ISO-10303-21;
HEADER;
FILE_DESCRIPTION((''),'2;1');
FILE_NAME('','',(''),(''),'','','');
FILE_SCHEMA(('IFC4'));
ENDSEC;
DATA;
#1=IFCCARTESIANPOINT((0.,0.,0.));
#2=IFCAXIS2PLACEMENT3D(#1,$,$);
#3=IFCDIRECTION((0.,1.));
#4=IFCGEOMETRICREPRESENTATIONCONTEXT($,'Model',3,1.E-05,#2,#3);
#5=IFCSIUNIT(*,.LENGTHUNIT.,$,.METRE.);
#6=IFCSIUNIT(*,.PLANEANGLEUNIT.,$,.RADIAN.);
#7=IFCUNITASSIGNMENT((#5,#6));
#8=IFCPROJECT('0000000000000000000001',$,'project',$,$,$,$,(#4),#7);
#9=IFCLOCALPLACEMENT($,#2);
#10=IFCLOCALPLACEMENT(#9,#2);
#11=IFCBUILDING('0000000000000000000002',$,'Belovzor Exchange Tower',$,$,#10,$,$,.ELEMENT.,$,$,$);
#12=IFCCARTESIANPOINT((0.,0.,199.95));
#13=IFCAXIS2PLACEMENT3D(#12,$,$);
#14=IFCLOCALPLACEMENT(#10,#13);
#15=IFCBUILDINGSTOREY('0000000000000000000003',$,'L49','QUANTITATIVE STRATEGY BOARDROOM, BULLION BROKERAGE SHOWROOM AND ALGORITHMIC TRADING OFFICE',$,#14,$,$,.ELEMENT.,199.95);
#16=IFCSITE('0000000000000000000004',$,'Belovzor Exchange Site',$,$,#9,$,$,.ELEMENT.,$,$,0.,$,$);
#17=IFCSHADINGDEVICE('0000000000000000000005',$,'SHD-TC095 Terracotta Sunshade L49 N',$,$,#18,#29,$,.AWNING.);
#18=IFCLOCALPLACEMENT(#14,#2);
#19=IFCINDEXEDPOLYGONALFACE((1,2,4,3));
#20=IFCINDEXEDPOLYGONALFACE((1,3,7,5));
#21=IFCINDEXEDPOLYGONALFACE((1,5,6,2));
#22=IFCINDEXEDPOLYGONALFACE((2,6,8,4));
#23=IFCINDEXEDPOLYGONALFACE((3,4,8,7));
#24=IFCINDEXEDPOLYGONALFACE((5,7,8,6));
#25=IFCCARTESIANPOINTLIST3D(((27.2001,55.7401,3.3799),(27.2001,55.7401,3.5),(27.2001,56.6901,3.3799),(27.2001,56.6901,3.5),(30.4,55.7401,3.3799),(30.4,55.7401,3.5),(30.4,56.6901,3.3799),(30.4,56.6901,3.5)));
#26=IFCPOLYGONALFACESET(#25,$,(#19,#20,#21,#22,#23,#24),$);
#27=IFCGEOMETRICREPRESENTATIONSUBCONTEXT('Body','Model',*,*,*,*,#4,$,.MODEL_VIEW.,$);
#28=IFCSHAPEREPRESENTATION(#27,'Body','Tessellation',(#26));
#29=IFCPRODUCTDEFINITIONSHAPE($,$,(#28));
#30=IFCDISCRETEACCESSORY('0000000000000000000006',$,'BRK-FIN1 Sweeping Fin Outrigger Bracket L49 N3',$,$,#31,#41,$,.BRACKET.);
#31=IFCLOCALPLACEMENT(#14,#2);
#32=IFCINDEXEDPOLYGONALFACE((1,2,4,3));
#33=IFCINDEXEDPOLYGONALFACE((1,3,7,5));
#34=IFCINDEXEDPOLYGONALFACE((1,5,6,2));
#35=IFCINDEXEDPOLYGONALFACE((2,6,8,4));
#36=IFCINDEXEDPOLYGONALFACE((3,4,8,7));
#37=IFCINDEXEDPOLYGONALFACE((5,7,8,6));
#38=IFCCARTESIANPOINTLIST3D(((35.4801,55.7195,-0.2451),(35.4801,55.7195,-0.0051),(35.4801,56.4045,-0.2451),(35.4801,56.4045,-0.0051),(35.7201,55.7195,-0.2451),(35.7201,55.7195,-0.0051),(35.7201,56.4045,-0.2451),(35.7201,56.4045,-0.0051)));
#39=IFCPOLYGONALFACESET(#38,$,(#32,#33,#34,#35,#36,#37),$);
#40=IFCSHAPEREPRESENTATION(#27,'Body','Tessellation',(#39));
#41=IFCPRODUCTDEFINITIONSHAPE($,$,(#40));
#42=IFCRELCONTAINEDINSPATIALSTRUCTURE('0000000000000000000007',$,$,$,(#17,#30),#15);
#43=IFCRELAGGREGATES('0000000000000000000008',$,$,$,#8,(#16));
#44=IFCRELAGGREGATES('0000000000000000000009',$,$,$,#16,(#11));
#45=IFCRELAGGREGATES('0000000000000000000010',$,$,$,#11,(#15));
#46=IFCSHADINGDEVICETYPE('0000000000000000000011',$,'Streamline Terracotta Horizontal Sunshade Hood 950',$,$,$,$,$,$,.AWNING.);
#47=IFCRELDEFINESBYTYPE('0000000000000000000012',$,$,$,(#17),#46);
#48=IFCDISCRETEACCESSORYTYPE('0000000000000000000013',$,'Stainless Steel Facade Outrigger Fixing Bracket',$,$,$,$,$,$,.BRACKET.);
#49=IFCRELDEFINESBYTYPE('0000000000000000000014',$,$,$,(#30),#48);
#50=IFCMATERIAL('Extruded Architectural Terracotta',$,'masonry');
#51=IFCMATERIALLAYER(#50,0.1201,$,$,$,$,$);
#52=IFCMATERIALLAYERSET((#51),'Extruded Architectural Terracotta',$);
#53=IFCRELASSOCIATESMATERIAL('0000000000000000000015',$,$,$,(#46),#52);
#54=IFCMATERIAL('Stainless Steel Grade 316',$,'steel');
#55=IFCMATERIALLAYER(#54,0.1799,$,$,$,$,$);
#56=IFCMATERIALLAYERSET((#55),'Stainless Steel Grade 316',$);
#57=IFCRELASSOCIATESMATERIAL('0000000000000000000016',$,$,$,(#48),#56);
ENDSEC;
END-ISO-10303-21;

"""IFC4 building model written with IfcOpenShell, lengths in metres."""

from ifc_helpers import new_model, si_unit, direction, frame, origin, origin_2d, place, context, subcontext, project, spatial, rectangle, extrude, material, layer, layer_set, type_object, element, save


model = new_model("IFC4")

# Units and contexts
model_context = context("Model", 3, precision=1e-05, world=origin(), true_north=direction((0.0, 1.0)))
body_context = subcontext(model_context, "Body", "Model", "MODEL_VIEW")
ifc_project = project(units=[si_unit("LENGTHUNIT", "METRE"), si_unit("PLANEANGLEUNIT", "RADIAN")], contexts=[model_context])

# Site, building, storey
site_placement = place(None, origin())
site = spatial("IfcSite", under=ifc_project, at=site_placement, Name="Belovzor Exchange Site", CompositionType="ELEMENT", RefElevation=0.0)
building_placement = place(site_placement, origin())
building = spatial("IfcBuilding", under=site, at=building_placement, Name="Belovzor Exchange Tower", CompositionType="ELEMENT")
storey_placement = place(building_placement, frame((0.0, 0.0, 199.95)))
storey = spatial("IfcBuildingStorey", under=building, at=storey_placement, Name="L49", Description="QUANTITATIVE STRATEGY BOARDROOM, BULLION BROKERAGE SHOWROOM AND ALGORITHMIC TRADING OFFICE", CompositionType="ELEMENT", Elevation=199.95)

# Shading device
ifc_material_1 = material(Name="Extruded Architectural Terracotta", Category="masonry")
ifc_layer_1 = layer(ifc_material_1, 0.1201)
ifc_layer_set_1 = layer_set([ifc_layer_1], Name="Extruded Architectural Terracotta")
shading_device_type = type_object("IfcShadingDeviceType", Name="Streamline Terracotta Horizontal Sunshade Hood 950", PredefinedType="AWNING", material=ifc_layer_set_1)
shading_device_placement = place(storey_placement, frame((28.8, 56.2151, 3.3799), z_axis=(0.0, 0.0, 1.0), x_axis=(1.0, 0.0, 0.0)))
element("IfcShadingDevice", 1, at=shading_device_placement, inside=storey, type_object=shading_device_type, Name="SHD-TC095 Terracotta Sunshade L49 N", PredefinedType="AWNING", context=body_context, shape_type="SweptSolid", body=[
    extrude(rectangle(XDim=3.2, YDim=0.95, at=origin_2d()), origin(), (0.0, 0.0, 1.0), 0.1201),
])

# Discrete accessory
ifc_material_2 = material(Name="Stainless Steel Grade 316", Category="steel")
ifc_layer_2 = layer(ifc_material_2, 0.1799)
ifc_layer_set_2 = layer_set([ifc_layer_2], Name="Stainless Steel Grade 316")
discrete_accessory_type = type_object("IfcDiscreteAccessoryType", Name="Stainless Steel Facade Outrigger Fixing Bracket", PredefinedType="BRACKET", material=ifc_layer_set_2)
discrete_accessory_placement = place(storey_placement, frame((35.6001, 56.062, -0.2451), z_axis=(0.0, 0.0, 1.0), x_axis=(0.0, 1.0, 0.0)))
element("IfcDiscreteAccessory", 2, at=discrete_accessory_placement, inside=storey, type_object=discrete_accessory_type, Name="BRK-FIN1 Sweeping Fin Outrigger Bracket L49 N3", PredefinedType="BRACKET", context=body_context, shape_type="SweptSolid", body=[
    extrude(rectangle(XDim=0.6851, YDim=0.24, at=origin_2d()), origin(), (0.0, 0.0, 1.0), 0.24),
])

save(model, "model.ifc")
